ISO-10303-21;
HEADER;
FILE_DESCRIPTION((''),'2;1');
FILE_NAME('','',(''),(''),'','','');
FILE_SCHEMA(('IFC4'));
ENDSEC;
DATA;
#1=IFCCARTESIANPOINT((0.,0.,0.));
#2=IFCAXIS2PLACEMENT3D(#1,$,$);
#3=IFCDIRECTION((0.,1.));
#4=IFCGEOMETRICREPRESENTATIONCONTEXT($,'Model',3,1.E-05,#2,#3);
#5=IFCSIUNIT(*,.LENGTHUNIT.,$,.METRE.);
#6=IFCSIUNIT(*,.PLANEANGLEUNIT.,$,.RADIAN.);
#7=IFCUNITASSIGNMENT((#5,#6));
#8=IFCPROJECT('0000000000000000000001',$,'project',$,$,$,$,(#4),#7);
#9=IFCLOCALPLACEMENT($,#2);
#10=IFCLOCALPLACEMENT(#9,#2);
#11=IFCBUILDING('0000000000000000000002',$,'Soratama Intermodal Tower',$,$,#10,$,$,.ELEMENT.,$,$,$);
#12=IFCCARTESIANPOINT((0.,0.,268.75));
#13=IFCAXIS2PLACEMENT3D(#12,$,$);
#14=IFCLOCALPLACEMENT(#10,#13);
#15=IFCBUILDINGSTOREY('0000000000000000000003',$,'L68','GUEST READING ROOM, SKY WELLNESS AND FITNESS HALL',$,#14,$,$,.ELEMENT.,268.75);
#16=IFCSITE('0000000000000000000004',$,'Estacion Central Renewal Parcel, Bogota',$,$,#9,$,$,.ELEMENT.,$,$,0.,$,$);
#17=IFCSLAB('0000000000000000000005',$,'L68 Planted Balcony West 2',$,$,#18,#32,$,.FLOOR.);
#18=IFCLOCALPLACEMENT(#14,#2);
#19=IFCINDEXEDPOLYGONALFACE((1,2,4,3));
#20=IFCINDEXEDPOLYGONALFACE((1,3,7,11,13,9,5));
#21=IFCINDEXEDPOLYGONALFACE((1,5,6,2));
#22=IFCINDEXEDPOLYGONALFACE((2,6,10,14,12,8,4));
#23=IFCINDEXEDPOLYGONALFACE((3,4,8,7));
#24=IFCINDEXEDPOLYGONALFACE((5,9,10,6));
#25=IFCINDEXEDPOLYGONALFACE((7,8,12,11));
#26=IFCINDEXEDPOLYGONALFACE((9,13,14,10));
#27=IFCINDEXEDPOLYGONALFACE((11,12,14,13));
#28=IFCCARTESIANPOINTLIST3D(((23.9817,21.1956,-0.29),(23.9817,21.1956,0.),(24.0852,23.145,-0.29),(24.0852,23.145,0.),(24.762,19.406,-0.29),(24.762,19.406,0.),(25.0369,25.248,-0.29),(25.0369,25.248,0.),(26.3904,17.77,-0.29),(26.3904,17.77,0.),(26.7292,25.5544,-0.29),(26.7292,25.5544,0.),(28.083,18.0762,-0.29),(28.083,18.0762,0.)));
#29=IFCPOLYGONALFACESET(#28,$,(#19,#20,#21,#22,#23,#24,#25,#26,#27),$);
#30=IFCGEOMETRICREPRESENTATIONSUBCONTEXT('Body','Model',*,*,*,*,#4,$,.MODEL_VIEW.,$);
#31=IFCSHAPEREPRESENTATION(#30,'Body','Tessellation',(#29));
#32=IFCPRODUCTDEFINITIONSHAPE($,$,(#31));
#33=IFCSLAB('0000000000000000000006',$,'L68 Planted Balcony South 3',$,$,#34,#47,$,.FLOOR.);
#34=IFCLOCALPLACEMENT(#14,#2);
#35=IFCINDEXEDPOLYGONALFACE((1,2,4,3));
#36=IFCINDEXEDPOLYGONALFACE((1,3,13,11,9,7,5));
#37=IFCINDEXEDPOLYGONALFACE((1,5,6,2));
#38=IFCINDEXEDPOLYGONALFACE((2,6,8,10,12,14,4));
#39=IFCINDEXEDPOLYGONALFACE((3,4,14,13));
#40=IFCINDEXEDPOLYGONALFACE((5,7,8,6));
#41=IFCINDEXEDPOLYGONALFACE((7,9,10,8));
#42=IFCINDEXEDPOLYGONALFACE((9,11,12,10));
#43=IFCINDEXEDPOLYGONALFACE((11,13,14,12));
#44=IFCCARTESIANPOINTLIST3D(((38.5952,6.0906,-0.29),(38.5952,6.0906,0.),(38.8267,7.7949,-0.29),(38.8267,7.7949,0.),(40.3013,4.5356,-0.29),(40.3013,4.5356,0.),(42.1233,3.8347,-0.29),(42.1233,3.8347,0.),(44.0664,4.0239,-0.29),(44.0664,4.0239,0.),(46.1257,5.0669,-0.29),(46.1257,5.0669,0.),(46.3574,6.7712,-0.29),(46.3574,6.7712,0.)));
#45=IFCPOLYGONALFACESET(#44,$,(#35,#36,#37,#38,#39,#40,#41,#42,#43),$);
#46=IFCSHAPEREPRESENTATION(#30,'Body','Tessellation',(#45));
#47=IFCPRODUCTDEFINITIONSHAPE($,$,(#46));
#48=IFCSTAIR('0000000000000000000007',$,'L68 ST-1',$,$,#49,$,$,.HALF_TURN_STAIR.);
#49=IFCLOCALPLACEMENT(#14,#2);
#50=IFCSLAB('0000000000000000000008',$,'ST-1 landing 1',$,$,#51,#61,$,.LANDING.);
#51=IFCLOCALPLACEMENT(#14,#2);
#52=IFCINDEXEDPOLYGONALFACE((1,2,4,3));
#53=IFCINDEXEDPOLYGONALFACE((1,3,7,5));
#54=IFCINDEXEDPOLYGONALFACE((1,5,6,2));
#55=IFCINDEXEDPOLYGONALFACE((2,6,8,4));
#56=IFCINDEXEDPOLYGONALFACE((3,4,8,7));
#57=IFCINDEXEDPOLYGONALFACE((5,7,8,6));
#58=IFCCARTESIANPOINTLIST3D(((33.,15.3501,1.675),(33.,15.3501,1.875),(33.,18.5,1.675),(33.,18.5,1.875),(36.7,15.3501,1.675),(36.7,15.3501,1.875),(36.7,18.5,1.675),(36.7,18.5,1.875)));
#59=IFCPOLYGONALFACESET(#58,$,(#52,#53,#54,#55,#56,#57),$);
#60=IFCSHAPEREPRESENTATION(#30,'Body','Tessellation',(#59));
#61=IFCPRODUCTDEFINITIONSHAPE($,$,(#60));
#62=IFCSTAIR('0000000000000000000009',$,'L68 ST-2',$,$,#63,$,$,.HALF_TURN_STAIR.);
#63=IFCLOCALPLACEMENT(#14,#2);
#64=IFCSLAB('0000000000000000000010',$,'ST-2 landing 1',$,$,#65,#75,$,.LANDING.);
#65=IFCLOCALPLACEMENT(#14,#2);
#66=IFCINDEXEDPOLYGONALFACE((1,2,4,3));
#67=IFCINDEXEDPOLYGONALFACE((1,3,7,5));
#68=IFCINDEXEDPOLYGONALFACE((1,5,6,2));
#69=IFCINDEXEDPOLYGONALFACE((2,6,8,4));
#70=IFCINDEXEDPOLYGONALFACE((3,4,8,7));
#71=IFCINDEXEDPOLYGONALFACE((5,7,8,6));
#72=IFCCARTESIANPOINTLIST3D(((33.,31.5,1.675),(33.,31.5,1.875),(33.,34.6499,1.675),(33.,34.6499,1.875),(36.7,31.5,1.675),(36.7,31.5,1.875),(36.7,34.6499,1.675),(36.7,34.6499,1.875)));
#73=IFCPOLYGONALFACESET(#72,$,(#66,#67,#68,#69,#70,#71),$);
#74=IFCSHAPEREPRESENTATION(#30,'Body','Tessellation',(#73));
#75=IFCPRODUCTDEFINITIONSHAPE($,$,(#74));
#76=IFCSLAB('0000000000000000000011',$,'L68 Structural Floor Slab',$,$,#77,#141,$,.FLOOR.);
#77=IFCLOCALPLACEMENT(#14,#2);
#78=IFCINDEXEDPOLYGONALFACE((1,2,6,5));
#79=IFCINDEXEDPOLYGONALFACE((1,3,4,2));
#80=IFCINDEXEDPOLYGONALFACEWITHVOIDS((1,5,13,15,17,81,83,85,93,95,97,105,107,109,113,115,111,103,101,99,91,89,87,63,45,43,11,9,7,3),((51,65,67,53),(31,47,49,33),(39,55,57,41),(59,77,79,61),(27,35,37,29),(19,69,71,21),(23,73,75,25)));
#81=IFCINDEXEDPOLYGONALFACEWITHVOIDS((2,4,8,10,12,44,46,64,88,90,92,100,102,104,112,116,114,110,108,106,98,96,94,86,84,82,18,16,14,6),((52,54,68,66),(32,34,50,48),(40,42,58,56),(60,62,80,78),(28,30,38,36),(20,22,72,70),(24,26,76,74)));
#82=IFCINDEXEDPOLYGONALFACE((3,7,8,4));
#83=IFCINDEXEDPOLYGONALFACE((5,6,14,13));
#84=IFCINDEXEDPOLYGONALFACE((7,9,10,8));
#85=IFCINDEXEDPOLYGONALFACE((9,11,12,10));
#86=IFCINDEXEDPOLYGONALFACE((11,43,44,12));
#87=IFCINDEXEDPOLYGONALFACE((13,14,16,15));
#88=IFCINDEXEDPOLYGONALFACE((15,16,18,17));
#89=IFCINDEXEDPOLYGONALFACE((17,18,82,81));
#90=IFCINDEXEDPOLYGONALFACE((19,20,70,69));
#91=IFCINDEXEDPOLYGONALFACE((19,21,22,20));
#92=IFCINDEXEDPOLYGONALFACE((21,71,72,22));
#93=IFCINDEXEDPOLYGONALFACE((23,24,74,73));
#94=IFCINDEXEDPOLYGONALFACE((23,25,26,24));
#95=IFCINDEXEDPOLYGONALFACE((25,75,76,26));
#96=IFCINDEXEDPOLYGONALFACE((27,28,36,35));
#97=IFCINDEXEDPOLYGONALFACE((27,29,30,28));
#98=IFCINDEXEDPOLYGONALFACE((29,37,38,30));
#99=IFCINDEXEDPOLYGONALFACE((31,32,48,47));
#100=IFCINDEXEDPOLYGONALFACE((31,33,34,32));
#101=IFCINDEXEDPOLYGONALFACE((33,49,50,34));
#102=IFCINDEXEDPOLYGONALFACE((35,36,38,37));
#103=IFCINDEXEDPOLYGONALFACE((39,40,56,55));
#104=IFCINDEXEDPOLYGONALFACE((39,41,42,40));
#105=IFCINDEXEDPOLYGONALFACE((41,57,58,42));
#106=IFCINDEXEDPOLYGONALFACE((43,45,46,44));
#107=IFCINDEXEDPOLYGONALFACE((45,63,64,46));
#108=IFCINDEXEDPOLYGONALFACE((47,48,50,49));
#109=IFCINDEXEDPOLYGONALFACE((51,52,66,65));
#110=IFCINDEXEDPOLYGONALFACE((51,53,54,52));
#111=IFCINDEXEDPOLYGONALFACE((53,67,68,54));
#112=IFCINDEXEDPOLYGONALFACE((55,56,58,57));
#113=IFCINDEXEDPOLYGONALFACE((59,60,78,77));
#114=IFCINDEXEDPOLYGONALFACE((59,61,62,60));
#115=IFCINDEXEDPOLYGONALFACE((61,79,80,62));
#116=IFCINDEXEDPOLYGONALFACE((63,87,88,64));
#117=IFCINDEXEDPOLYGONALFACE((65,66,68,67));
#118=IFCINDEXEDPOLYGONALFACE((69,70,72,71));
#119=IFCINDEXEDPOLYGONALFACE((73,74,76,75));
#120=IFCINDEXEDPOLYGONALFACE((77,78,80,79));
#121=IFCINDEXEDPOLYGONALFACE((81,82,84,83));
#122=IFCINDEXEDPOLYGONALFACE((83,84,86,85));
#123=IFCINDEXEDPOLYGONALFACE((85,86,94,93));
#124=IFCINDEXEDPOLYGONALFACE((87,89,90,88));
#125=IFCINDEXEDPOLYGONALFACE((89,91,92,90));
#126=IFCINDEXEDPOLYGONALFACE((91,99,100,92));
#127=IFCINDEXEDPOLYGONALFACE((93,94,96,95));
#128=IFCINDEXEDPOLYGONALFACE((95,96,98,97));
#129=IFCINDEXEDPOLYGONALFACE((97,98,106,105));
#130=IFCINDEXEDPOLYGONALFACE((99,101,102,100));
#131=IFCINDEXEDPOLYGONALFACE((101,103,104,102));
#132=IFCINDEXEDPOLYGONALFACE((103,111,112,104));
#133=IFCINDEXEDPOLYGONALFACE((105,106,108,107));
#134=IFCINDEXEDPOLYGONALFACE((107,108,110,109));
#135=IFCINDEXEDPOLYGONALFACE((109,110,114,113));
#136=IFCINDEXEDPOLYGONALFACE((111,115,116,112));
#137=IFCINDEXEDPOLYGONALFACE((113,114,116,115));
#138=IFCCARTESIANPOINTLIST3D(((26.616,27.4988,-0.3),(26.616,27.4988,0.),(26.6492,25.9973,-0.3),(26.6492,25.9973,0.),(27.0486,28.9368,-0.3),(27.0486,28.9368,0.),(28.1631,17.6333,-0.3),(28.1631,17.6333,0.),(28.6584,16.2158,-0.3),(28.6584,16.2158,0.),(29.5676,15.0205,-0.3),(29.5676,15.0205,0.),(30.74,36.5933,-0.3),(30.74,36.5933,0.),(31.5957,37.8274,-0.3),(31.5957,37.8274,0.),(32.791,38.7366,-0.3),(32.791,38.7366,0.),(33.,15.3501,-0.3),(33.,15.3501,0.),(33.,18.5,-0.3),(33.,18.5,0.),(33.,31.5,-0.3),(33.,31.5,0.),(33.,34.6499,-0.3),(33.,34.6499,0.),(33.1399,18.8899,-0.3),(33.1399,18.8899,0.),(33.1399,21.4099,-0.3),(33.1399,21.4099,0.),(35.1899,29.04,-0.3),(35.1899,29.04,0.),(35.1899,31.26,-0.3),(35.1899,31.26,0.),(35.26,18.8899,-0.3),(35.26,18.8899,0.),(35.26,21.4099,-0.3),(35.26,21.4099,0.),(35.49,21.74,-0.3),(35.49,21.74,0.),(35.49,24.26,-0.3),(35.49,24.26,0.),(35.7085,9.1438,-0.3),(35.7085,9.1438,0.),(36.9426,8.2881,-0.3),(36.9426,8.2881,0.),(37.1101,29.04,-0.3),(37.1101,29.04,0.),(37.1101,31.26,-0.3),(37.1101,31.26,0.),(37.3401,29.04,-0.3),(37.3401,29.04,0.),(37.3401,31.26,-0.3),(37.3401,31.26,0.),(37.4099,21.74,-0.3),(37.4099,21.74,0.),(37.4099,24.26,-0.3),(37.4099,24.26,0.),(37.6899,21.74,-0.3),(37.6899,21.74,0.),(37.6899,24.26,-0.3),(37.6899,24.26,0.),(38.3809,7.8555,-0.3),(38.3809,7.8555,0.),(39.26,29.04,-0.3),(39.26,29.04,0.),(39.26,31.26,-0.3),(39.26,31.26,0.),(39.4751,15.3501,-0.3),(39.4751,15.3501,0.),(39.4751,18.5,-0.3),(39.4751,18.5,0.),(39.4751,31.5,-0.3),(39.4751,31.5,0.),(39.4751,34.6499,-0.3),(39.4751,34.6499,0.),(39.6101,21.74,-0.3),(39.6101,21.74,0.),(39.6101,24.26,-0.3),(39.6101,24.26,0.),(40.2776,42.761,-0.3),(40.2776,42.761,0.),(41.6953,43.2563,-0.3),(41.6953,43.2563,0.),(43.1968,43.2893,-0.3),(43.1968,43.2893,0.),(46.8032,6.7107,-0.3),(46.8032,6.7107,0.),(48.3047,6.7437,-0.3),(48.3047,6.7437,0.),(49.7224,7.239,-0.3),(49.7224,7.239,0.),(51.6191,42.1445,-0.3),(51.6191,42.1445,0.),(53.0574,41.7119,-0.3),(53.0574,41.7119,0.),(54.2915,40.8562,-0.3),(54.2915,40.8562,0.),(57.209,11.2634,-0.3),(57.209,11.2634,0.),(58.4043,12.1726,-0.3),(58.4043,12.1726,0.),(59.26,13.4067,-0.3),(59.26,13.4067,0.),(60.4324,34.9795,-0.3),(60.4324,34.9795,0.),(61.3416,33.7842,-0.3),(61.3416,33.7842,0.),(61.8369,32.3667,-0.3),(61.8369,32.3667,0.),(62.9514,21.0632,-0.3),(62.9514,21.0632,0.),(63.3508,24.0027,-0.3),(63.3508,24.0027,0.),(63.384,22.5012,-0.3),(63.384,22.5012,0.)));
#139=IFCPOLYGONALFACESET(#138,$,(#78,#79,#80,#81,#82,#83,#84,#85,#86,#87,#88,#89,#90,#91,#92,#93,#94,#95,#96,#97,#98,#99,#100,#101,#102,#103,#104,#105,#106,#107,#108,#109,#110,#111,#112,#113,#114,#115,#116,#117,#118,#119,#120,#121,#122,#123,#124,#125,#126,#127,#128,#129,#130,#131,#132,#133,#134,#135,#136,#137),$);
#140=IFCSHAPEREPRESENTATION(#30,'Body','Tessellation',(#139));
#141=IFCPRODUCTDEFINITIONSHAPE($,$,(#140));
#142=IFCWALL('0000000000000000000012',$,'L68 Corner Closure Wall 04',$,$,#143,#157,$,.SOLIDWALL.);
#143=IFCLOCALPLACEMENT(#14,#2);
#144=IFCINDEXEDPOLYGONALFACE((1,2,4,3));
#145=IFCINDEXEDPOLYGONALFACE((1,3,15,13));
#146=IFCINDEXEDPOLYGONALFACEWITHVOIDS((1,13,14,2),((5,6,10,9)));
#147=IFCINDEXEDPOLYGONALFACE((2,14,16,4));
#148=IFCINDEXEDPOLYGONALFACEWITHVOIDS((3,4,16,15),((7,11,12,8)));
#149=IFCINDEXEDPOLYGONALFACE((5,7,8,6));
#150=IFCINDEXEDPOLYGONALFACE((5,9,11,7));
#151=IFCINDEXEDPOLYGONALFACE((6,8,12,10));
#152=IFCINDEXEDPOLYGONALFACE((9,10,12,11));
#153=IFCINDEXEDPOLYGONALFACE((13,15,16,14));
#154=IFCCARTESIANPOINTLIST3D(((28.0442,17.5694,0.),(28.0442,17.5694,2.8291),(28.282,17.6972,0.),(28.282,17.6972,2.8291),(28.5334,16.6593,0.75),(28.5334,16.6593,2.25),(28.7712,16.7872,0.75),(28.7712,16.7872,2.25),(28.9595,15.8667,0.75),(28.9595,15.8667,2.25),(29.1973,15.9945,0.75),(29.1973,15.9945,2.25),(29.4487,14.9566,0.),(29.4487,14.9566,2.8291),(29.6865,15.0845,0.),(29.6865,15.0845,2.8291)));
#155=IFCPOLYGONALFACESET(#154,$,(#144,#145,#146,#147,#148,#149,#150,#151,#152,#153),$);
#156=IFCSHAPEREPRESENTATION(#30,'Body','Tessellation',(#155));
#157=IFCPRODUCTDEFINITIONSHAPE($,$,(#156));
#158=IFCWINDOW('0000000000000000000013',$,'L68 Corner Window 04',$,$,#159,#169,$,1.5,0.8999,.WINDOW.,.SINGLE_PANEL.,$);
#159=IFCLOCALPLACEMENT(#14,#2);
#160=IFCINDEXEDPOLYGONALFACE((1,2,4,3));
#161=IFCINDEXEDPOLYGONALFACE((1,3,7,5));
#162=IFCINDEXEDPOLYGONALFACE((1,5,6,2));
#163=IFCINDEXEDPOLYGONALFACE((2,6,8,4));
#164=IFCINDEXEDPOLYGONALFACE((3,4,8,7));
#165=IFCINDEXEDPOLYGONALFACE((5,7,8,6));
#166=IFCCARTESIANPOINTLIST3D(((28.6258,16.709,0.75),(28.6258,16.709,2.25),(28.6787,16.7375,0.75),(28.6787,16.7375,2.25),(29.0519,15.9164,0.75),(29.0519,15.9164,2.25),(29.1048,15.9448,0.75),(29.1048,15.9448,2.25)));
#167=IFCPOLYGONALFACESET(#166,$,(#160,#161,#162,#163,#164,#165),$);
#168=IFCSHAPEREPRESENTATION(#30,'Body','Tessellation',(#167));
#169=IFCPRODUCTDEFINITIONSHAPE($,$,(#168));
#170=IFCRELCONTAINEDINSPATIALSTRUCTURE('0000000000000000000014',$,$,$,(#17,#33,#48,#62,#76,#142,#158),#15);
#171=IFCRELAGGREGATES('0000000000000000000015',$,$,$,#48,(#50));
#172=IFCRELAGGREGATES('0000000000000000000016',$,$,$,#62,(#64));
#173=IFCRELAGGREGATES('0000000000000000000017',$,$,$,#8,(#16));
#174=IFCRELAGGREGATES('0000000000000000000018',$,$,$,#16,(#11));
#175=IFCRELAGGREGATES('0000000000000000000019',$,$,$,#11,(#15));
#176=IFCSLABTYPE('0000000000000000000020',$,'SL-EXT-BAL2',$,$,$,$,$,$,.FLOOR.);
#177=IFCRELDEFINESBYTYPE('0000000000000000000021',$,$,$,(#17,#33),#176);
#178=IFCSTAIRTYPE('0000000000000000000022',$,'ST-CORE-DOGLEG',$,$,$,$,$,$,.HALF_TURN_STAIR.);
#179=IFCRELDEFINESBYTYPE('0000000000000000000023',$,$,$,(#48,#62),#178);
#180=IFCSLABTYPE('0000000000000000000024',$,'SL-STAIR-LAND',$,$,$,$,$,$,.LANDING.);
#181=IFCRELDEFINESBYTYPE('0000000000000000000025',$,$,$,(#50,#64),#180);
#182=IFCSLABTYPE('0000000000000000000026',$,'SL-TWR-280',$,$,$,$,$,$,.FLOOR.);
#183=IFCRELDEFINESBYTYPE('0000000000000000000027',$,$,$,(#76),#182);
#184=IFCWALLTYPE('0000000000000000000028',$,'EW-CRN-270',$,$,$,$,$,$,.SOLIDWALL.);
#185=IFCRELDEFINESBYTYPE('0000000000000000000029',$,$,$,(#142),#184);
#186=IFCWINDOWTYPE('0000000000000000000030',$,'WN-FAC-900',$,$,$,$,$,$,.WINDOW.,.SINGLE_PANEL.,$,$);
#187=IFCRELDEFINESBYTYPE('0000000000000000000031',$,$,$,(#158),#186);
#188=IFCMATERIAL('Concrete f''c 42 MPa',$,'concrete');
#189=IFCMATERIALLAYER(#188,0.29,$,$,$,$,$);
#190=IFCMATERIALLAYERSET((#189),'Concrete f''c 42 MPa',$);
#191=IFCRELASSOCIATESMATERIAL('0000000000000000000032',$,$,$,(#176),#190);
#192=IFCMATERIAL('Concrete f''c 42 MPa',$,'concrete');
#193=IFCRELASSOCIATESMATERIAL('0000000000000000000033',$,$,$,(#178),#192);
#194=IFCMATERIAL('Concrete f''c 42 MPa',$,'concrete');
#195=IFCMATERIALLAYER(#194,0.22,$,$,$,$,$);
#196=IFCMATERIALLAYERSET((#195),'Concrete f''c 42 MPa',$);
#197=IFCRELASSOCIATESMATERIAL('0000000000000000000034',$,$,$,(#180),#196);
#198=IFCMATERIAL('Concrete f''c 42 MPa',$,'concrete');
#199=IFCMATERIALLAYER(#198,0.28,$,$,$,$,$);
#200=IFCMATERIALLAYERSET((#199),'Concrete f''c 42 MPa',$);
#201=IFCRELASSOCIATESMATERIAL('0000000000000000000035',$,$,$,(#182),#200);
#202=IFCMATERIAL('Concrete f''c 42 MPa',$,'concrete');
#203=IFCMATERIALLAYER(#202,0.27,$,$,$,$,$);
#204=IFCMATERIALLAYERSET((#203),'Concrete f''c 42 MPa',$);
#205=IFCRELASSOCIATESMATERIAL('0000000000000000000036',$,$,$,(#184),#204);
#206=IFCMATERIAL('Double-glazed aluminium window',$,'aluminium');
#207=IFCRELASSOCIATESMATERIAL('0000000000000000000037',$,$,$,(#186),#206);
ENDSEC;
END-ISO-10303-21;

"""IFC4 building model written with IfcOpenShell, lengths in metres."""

from ifc_helpers import new_model, si_unit, direction, frame, frame_2d, origin, place, context, subcontext, project, spatial, polyline, rectangle, outline, extrude, material, layer, layer_set, type_object, element, fill, aggregate, save


model = new_model("IFC4")

# Units and contexts
model_context = context("Model", 3, precision=1e-05, world=origin(), true_north=direction((0.0, 1.0)))
body_context = subcontext(model_context, "Body", "Model", "MODEL_VIEW")
ifc_project = project(units=[si_unit("LENGTHUNIT", "METRE"), si_unit("PLANEANGLEUNIT", "RADIAN")], contexts=[model_context])

# Site, building, storey
site_placement = place(None, origin())
site = spatial("IfcSite", under=ifc_project, at=site_placement, Name="Estacion Central Renewal Parcel, Bogota", CompositionType="ELEMENT", RefElevation=0.0)
building_placement = place(site_placement, origin())
building = spatial("IfcBuilding", under=site, at=building_placement, Name="Soratama Intermodal Tower", CompositionType="ELEMENT")
storey_placement = place(building_placement, frame((0.0, 0.0, 268.75)))
storey = spatial("IfcBuildingStorey", under=building, at=storey_placement, Name="L68", Description="GUEST READING ROOM, SKY WELLNESS AND FITNESS HALL", CompositionType="ELEMENT", Elevation=268.75)

# Slabs
ifc_material_1 = material(Name="Concrete f'c 42 MPa", Category="concrete")
ifc_layer_1 = layer(ifc_material_1, 0.29)
ifc_layer_set_1 = layer_set([ifc_layer_1], Name="Concrete f'c 42 MPa")
slab_type_1 = type_object("IfcSlabType", Name="SL-EXT-BAL2", PredefinedType="FLOOR", material=ifc_layer_set_1)
slab_1_placement = place(storey_placement, frame((0.0, 0.0, -0.29)))
element("IfcSlab", 1, at=slab_1_placement, inside=storey, type_object=slab_type_1, Name="L68 Planted Balcony West 2", PredefinedType="FLOOR", context=body_context, shape_type="SweptSolid", body=[
    extrude(outline(polyline([(26.7292, 25.5544), (28.083, 18.0762), (26.3904, 17.77), (24.762, 19.406), (23.9817, 21.1956), (24.0852, 23.145), (25.0369, 25.248), (26.7292, 25.5544)])), origin(), (0.0, 0.0, 1.0), 0.29),
])
slab_2_placement = place(storey_placement, frame((0.0, 0.0, -0.29)))
element("IfcSlab", 2, at=slab_2_placement, inside=storey, type_object=slab_type_1, Name="L68 Planted Balcony South 3", PredefinedType="FLOOR", context=body_context, shape_type="SweptSolid", body=[
    extrude(outline(polyline([(38.8267, 7.7949), (46.3574, 6.7712), (46.1257, 5.0669), (44.0664, 4.0239), (42.1233, 3.8347), (40.3013, 4.5356), (38.5952, 6.0906), (38.8267, 7.7949)])), origin(), (0.0, 0.0, 1.0), 0.29),
])

# Stairs, slabs
ifc_material_2 = material(Name="Concrete f'c 42 MPa", Category="concrete")
stair_type = type_object("IfcStairType", Name="ST-CORE-DOGLEG", PredefinedType="HALF_TURN_STAIR", material=ifc_material_2)
stair_1_placement = place(storey_placement, origin())
stair_1 = element("IfcStair", 3, at=stair_1_placement, inside=storey, type_object=stair_type, Name="L68 ST-1", PredefinedType="HALF_TURN_STAIR")
ifc_material_3 = material(Name="Concrete f'c 42 MPa", Category="concrete")
ifc_layer_2 = layer(ifc_material_3, 0.22)
ifc_layer_set_2 = layer_set([ifc_layer_2], Name="Concrete f'c 42 MPa")
slab_type_2 = type_object("IfcSlabType", Name="SL-STAIR-LAND", PredefinedType="LANDING", material=ifc_layer_set_2)
slab_3_placement = place(storey_placement, frame((0.0, 0.0, 1.675)))
slab_3 = element("IfcSlab", 4, at=slab_3_placement, type_object=slab_type_2, Name="ST-1 landing 1", PredefinedType="LANDING", context=body_context, shape_type="SweptSolid", body=[
    extrude(outline(polyline([(36.7, 18.5), (33.0, 18.5), (33.0, 15.3501), (36.7, 15.3501), (36.7, 18.5)])), origin(), (0.0, 0.0, 1.0), 0.2),
])
aggregate(stair_1, [slab_3])
stair_2_placement = place(storey_placement, origin())
stair_2 = element("IfcStair", 5, at=stair_2_placement, inside=storey, type_object=stair_type, Name="L68 ST-2", PredefinedType="HALF_TURN_STAIR")
slab_4_placement = place(storey_placement, frame((0.0, 0.0, 1.675)))
slab_4 = element("IfcSlab", 6, at=slab_4_placement, type_object=slab_type_2, Name="ST-2 landing 1", PredefinedType="LANDING", context=body_context, shape_type="SweptSolid", body=[
    extrude(outline(polyline([(36.7, 34.6499), (33.0, 34.6499), (33.0, 31.5), (36.7, 31.5), (36.7, 34.6499)])), origin(), (0.0, 0.0, 1.0), 0.2),
])
aggregate(stair_2, [slab_4])

# Slab
ifc_material_4 = material(Name="Concrete f'c 42 MPa", Category="concrete")
ifc_layer_3 = layer(ifc_material_4, 0.28)
ifc_layer_set_3 = layer_set([ifc_layer_3], Name="Concrete f'c 42 MPa")
slab_type_3 = type_object("IfcSlabType", Name="SL-TWR-280", PredefinedType="FLOOR", material=ifc_layer_set_3)
slab_5_placement = place(storey_placement, frame((0.0, 0.0, -0.3)))
element("IfcSlab", 7, at=slab_5_placement, inside=storey, type_object=slab_type_3, Name="L68 Structural Floor Slab", PredefinedType="FLOOR", context=body_context, shape_type="SweptSolid", body=[
    extrude(outline(polyline([(54.2915, 40.8562), (53.0574, 41.7119), (51.6191, 42.1445), (43.1968, 43.2893), (41.6953, 43.2563), (40.2776, 42.761), (32.791, 38.7366), (31.5957, 37.8274), (30.74, 36.5933), (27.0486, 28.9368), (26.616, 27.4988), (26.6492, 25.9973), (28.1631, 17.6333), (28.6584, 16.2158), (29.5676, 15.0205), (35.7085, 9.1438), (36.9426, 8.2881), (38.3809, 7.8555), (46.8032, 6.7107), (48.3047, 6.7437), (49.7224, 7.239), (57.209, 11.2634), (58.4043, 12.1726), (59.26, 13.4067), (62.9514, 21.0632), (63.384, 22.5012), (63.3508, 24.0027), (61.8369, 32.3667), (61.3416, 33.7842), (60.4324, 34.9795), (54.2915, 40.8562)]), holes=[polyline([(33.0, 15.3501), (39.4751, 15.3501), (39.4751, 18.5), (33.0, 18.5), (33.0, 15.3501)]), polyline([(35.26, 21.4099), (33.1399, 21.4099), (33.1399, 18.8899), (35.26, 18.8899), (35.26, 21.4099)]), polyline([(37.4099, 24.26), (35.49, 24.26), (35.49, 21.74), (37.4099, 21.74), (37.4099, 24.26)]), polyline([(39.6101, 24.26), (37.6899, 24.26), (37.6899, 21.74), (39.6101, 21.74), (39.6101, 24.26)]), polyline([(37.1101, 31.26), (35.1899, 31.26), (35.1899, 29.04), (37.1101, 29.04), (37.1101, 31.26)]), polyline([(39.26, 31.26), (37.3401, 31.26), (37.3401, 29.04), (39.26, 29.04), (39.26, 31.26)]), polyline([(33.0, 34.6499), (33.0, 31.5), (39.4751, 31.5), (39.4751, 34.6499), (33.0, 34.6499)])]), origin(), (0.0, 0.0, 1.0), 0.3),
])

# Wall, opening, window
ifc_material_5 = material(Name="Concrete f'c 42 MPa", Category="concrete")
ifc_layer_4 = layer(ifc_material_5, 0.27)
ifc_layer_set_4 = layer_set([ifc_layer_4], Name="Concrete f'c 42 MPa")
wall_type = type_object("IfcWallType", Name="EW-CRN-270", PredefinedType="SOLIDWALL", material=ifc_layer_set_4)
wall_placement = place(storey_placement, frame((28.1631, 17.6333, 0.0), z_axis=(0.0, 0.0, 1.0), x_axis=(0.473486, -0.880801, 0.0)))
wall = element("IfcWall", 8, at=wall_placement, inside=storey, type_object=wall_type, Name="L68 Corner Closure Wall 04", PredefinedType="SOLIDWALL", context=body_context, shape_type="SweptSolid", body=[
    extrude(rectangle(XDim=2.9663, YDim=0.27, at=frame_2d((1.4832, 0.0))), origin(), (0.0, 0.0, 1.0), 2.8291),
])
opening_placement = place(wall_placement, frame((1.0332, 0.0, 0.75)))
opening = element("IfcOpeningElement", 9, at=opening_placement, cuts=wall, PredefinedType="OPENING", context=body_context, shape_type="SweptSolid", body=[
    extrude(rectangle(XDim=0.8999, YDim=1.5, at=frame_2d((0.45, 0.75))), frame((0.0, 0.145, 0.0), z_axis=(0.0, -1.0, 0.0), x_axis=(1.0, 0.0, 0.0)), (0.0, 0.0, 1.0), 0.29),
])
ifc_material_6 = material(Name="Double-glazed aluminium window", Category="aluminium")
window_type = type_object("IfcWindowType", Name="WN-FAC-900", PartitioningType="SINGLE_PANEL", PredefinedType="WINDOW", material=ifc_material_6)
window_placement = place(opening_placement, origin())
window = element("IfcWindow", 10, at=window_placement, inside=storey, type_object=window_type, Name="L68 Corner Window 04", OverallHeight=1.5, OverallWidth=0.8999, PartitioningType="SINGLE_PANEL", PredefinedType="WINDOW", context=body_context, shape_type="SweptSolid", body=[
    extrude(rectangle(XDim=0.8999, YDim=1.5, at=frame_2d((0.45, 0.75))), frame((0.0, 0.03, 0.0), z_axis=(0.0, -1.0, 0.0), x_axis=(1.0, 0.0, 0.0)), (0.0, 0.0, 1.0), 0.0601),
])
fill(opening, window)

save(model, "model.ifc")
